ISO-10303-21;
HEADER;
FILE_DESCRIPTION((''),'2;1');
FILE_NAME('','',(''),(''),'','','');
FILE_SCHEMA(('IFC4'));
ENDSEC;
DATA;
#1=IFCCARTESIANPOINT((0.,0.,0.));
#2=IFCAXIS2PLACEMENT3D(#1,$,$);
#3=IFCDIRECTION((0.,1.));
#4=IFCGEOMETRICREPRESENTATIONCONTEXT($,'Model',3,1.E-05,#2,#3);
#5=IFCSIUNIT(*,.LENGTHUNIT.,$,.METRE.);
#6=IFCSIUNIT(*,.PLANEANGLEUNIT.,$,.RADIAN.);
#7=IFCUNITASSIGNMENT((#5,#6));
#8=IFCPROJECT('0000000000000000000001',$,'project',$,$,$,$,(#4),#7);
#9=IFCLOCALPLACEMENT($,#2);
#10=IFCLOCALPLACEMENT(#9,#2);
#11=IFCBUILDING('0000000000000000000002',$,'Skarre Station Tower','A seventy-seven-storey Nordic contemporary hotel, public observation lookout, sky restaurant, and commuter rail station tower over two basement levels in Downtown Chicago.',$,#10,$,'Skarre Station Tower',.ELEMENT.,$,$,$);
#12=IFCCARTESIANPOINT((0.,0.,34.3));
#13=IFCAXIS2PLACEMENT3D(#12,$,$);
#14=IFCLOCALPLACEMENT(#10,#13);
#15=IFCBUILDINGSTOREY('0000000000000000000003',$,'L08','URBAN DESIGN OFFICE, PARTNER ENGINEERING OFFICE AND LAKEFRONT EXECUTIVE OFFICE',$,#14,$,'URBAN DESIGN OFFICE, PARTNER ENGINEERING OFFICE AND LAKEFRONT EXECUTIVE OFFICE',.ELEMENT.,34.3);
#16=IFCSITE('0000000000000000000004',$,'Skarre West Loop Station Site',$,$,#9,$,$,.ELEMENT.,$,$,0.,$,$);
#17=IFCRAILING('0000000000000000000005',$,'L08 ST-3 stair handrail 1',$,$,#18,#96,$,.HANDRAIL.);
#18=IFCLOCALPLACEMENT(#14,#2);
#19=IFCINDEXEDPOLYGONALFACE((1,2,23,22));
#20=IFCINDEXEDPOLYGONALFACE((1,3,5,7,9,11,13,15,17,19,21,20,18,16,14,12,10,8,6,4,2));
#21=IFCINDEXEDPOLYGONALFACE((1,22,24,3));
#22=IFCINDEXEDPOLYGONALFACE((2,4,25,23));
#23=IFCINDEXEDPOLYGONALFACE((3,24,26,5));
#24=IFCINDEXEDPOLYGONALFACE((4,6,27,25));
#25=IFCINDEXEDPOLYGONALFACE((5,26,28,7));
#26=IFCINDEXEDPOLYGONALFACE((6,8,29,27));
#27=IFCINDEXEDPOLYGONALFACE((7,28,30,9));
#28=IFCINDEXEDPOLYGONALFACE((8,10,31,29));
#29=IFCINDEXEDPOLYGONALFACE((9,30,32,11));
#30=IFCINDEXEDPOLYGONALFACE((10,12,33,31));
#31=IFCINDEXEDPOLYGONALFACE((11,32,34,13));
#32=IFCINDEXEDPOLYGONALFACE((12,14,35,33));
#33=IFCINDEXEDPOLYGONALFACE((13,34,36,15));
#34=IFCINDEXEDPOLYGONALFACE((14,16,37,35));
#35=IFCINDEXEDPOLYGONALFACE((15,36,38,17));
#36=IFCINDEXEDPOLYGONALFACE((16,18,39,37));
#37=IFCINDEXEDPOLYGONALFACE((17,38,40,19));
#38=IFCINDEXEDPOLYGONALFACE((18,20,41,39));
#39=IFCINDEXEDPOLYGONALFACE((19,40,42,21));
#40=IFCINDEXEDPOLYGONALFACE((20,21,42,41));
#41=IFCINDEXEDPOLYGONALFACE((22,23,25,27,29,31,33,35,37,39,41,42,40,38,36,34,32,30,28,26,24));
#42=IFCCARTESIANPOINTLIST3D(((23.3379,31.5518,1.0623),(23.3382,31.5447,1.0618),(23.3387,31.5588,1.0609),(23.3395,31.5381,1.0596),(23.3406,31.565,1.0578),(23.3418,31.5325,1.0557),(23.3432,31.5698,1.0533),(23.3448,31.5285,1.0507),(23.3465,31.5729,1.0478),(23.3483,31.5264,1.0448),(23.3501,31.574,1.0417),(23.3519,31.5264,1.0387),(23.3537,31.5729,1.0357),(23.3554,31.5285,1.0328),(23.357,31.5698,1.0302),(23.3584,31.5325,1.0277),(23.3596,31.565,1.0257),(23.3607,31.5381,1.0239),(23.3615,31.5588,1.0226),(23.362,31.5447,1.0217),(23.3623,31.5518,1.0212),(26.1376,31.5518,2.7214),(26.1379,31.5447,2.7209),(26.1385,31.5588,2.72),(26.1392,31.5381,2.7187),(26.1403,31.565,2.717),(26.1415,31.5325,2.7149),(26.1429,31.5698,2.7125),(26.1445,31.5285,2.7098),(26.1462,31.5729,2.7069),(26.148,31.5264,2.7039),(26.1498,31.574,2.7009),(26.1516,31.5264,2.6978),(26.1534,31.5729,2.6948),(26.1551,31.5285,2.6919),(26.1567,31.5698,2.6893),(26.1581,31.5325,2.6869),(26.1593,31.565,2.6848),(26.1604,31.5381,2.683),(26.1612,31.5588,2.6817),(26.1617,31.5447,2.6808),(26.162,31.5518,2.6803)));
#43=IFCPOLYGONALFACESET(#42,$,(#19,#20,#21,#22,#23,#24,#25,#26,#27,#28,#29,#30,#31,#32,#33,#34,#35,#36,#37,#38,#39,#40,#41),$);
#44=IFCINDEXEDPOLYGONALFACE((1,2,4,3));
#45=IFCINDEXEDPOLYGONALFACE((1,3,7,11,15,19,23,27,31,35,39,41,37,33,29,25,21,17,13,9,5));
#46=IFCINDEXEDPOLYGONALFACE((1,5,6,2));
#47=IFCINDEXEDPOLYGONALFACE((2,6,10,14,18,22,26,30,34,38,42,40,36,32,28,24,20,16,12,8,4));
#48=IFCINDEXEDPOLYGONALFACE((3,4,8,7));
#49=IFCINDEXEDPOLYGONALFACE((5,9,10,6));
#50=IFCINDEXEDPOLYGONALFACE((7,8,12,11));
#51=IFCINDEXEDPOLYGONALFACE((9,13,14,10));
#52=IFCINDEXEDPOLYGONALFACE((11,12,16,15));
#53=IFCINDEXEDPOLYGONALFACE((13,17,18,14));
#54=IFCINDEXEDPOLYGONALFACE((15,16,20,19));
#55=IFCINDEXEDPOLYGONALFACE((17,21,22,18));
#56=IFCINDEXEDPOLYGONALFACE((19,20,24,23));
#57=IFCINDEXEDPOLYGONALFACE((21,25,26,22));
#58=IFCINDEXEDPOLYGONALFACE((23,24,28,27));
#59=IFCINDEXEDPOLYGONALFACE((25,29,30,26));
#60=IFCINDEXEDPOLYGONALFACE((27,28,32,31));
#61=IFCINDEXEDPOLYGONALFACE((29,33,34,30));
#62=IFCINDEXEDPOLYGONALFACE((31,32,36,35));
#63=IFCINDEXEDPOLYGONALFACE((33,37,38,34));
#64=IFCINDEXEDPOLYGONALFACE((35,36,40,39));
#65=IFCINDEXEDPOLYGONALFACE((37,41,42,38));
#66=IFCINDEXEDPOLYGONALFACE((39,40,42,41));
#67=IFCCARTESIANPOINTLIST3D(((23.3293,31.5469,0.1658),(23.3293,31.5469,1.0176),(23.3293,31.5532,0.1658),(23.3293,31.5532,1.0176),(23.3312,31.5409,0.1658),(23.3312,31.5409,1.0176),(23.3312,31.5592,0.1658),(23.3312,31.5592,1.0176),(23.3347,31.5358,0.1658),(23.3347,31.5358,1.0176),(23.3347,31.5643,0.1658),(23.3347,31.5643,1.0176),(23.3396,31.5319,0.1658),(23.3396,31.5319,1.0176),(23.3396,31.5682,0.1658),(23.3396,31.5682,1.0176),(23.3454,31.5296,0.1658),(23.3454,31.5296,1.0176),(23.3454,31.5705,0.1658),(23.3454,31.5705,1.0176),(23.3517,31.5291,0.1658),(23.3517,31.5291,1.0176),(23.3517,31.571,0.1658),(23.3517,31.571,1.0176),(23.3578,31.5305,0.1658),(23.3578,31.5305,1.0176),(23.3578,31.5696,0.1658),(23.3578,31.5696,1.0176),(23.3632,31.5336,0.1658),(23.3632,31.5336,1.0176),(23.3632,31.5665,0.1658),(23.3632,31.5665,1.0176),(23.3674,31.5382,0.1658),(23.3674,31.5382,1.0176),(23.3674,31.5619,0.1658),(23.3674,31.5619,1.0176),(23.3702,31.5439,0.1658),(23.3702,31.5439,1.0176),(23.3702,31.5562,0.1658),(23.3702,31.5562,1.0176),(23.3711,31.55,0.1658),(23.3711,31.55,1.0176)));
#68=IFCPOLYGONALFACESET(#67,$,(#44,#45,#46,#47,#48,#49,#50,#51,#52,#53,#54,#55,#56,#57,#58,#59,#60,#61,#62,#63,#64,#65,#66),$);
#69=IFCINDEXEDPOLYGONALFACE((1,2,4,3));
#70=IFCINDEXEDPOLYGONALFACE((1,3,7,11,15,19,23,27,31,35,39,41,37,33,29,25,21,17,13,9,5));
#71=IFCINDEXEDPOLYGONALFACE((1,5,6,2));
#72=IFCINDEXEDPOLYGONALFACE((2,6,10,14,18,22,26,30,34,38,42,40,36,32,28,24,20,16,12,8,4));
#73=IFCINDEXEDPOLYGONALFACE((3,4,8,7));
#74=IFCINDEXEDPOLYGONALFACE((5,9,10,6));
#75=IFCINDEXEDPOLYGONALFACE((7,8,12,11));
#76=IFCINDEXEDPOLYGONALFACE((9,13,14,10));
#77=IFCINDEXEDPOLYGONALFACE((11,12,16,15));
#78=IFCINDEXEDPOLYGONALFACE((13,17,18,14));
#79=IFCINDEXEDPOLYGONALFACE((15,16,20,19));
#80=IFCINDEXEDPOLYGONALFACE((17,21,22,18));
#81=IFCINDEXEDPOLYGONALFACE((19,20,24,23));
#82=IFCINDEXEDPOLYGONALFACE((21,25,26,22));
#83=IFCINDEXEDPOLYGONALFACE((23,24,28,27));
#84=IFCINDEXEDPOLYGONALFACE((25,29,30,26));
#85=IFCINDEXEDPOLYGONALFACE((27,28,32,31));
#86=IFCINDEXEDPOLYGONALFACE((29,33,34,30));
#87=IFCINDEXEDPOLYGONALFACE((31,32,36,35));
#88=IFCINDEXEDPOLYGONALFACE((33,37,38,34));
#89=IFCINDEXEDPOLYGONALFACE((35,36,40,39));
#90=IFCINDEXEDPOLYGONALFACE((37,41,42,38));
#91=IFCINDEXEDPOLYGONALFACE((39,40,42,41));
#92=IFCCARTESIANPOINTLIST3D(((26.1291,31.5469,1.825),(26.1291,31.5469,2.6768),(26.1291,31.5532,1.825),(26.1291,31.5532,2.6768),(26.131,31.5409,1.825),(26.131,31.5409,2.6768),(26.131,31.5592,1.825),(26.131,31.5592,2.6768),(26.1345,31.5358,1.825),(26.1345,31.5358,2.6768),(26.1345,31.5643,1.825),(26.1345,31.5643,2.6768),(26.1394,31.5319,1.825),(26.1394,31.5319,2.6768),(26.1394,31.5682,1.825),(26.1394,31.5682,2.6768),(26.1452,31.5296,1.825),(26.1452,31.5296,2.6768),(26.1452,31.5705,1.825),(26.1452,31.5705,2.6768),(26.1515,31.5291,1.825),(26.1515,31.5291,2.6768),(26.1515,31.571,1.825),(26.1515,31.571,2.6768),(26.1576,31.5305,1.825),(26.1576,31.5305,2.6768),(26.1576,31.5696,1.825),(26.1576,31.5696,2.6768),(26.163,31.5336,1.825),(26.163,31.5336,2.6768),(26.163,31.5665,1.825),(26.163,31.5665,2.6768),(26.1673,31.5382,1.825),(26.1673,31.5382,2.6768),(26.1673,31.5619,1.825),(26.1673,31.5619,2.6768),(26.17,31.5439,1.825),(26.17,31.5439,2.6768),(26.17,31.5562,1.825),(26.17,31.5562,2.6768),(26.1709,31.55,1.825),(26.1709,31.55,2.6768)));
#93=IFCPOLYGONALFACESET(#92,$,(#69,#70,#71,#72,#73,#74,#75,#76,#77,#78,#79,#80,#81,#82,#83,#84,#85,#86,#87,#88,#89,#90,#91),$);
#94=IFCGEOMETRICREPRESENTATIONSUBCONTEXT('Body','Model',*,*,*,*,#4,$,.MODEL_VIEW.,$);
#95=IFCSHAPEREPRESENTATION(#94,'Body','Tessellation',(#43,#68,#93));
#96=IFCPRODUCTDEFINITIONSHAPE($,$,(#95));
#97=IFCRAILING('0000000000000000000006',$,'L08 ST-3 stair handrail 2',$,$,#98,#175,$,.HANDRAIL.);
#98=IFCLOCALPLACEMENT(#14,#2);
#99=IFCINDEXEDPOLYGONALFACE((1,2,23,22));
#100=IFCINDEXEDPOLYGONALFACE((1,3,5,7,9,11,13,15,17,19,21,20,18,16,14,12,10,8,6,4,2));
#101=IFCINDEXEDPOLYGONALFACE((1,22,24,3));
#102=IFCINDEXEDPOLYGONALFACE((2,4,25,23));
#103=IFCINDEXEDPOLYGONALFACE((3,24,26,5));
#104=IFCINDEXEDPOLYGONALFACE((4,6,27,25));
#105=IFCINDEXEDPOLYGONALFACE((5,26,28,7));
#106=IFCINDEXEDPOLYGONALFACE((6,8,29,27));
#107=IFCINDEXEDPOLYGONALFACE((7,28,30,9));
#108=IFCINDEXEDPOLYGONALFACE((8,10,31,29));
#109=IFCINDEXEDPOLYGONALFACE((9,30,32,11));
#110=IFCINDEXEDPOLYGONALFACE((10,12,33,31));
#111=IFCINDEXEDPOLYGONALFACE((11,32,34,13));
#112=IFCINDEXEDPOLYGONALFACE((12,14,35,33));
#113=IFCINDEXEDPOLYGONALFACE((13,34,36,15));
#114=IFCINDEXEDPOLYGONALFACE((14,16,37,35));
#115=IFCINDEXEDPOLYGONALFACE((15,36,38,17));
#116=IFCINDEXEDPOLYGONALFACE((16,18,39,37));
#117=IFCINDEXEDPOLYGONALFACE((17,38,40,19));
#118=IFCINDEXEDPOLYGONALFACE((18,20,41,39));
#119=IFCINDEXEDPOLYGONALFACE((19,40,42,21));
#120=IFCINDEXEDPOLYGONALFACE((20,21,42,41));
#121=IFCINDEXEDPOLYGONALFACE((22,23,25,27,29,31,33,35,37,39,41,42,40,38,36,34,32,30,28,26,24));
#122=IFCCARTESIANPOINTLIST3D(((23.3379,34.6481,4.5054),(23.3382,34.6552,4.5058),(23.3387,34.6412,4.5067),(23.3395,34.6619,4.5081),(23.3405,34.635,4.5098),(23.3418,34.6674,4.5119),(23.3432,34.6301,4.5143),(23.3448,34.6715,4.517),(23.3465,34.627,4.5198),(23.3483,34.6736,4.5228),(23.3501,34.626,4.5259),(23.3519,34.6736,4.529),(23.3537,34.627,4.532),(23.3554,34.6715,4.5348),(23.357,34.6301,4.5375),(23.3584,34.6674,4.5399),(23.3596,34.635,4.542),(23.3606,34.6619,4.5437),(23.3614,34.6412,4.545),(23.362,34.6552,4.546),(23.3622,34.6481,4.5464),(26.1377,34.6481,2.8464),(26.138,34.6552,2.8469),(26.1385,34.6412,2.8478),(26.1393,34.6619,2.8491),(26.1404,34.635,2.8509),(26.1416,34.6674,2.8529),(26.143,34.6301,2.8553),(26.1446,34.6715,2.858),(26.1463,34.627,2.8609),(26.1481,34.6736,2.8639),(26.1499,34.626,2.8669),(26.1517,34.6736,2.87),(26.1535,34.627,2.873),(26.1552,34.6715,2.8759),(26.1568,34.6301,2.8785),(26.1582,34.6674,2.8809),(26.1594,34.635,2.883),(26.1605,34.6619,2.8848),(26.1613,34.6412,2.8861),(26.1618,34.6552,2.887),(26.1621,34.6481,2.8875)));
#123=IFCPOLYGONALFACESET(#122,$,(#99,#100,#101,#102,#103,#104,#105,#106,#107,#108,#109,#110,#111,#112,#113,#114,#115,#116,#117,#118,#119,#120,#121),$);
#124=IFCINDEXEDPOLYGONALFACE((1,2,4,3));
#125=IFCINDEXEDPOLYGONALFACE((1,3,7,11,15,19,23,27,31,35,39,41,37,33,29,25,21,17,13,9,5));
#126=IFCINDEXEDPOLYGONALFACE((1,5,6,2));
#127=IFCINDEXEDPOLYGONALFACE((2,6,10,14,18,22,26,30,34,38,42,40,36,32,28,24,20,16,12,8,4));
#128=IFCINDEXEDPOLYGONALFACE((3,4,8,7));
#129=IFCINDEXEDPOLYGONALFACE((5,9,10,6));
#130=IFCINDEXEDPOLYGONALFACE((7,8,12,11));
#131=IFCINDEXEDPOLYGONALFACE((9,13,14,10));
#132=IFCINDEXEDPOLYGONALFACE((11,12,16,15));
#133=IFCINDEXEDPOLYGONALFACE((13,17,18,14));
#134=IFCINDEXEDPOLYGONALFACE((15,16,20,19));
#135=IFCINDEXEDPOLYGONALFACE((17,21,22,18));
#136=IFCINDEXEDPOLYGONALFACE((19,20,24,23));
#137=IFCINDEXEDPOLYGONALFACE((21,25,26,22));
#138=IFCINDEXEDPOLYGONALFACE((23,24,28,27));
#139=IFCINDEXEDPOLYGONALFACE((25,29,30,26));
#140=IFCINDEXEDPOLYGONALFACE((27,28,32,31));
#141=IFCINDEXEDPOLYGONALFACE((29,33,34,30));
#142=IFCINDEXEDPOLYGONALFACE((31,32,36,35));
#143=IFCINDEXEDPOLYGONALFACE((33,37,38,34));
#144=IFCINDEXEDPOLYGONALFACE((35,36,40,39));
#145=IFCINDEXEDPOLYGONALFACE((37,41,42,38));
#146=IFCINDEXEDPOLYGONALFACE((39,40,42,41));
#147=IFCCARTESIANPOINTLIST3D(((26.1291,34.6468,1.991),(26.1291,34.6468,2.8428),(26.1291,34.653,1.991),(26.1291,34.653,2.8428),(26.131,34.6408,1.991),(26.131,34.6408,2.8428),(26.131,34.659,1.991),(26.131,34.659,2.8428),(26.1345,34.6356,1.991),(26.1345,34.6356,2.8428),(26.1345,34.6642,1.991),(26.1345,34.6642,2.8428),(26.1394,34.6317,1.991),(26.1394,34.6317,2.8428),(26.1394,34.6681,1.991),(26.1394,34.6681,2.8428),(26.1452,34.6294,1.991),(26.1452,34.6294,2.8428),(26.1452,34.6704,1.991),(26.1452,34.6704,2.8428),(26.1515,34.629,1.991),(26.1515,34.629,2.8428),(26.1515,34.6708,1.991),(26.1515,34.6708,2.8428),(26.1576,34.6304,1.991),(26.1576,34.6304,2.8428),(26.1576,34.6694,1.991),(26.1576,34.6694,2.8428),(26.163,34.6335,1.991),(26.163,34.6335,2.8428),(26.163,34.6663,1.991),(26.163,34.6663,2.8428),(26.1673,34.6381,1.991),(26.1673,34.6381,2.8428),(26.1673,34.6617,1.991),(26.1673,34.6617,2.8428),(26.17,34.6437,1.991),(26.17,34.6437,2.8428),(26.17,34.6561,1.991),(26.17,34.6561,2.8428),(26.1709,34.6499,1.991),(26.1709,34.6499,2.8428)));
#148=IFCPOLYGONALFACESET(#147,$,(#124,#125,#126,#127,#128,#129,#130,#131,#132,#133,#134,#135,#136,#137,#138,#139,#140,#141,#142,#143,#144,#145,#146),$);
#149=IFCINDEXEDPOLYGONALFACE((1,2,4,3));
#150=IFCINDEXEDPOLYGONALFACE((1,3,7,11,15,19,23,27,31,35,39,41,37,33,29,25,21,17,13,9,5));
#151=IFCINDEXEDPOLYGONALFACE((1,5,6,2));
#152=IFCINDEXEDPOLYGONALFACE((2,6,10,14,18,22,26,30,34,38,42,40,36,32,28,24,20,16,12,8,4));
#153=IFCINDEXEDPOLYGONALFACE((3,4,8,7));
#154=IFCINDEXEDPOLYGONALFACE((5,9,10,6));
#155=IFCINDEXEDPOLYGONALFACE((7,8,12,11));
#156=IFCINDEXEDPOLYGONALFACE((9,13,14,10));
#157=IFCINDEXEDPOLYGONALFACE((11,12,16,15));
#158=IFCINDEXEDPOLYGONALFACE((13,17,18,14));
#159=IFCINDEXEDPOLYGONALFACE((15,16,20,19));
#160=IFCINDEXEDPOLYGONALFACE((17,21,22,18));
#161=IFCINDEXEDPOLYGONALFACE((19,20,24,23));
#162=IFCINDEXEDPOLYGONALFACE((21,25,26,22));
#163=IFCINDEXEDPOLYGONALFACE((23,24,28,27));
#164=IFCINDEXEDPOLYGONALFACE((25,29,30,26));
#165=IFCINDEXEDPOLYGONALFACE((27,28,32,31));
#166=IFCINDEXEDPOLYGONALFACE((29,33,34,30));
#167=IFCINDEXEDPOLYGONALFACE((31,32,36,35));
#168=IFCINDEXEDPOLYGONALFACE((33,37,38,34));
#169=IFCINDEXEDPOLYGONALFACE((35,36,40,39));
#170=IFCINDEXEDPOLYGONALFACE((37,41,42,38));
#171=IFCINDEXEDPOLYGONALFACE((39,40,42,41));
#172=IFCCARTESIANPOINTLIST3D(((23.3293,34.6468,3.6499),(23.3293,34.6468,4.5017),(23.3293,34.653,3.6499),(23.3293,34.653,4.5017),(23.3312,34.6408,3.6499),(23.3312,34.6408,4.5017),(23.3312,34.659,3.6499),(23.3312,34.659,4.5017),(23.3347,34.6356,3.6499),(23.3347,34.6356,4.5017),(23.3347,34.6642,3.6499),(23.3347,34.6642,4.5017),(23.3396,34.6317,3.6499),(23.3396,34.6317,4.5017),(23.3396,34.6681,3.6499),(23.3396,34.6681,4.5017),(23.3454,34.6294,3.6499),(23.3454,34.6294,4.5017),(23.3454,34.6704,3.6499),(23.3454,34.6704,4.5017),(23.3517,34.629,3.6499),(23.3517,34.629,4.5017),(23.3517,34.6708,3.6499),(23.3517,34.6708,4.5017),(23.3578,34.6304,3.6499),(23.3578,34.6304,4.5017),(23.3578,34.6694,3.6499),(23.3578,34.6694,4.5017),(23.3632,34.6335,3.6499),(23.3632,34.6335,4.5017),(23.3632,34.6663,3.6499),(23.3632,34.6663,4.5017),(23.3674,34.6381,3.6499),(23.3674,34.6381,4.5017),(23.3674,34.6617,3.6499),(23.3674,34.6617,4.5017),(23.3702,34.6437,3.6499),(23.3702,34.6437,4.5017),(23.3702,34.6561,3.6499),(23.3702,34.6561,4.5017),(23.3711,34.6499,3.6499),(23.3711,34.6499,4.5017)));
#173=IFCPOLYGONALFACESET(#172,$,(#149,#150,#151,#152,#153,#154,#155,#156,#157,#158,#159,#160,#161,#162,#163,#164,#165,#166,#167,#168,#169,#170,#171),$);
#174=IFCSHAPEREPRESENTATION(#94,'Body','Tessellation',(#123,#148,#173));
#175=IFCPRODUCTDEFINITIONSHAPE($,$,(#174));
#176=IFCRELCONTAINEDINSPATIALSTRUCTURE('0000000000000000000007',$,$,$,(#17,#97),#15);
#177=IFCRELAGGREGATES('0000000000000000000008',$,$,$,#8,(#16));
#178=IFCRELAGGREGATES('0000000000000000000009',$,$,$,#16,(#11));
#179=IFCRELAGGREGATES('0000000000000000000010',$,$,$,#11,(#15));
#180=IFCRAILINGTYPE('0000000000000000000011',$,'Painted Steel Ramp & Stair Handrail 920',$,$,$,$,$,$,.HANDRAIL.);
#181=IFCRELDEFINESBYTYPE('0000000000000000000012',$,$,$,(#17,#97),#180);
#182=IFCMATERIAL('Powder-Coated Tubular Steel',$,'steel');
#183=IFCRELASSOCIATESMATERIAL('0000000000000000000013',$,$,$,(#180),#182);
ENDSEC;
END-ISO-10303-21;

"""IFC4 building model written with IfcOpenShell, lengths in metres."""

from ifc_helpers import new_model, si_unit, direction, frame, origin, origin_2d, place, context, subcontext, project, spatial, circle, extrude, material, type_object, element, save


model = new_model("IFC4")

# Units and contexts
model_context = context("Model", 3, precision=1e-05, world=origin(), true_north=direction((0.0, 1.0)))
body_context = subcontext(model_context, "Body", "Model", "MODEL_VIEW")
ifc_project = project(units=[si_unit("LENGTHUNIT", "METRE"), si_unit("PLANEANGLEUNIT", "RADIAN")], contexts=[model_context])

# Site, building, storey
site_placement = place(None, origin())
site = spatial("IfcSite", under=ifc_project, at=site_placement, Name="Skarre West Loop Station Site", CompositionType="ELEMENT", RefElevation=0.0)
building_placement = place(site_placement, origin())
building = spatial("IfcBuilding", under=site, at=building_placement, Name="Skarre Station Tower", Description="A seventy-seven-storey Nordic contemporary hotel, public observation lookout, sky restaurant, and commuter rail station tower over two basement levels in Downtown Chicago.", LongName="Skarre Station Tower", CompositionType="ELEMENT")
storey_placement = place(building_placement, frame((0.0, 0.0, 34.3)))
storey = spatial("IfcBuildingStorey", under=building, at=storey_placement, Name="L08", Description="URBAN DESIGN OFFICE, PARTNER ENGINEERING OFFICE AND LAKEFRONT EXECUTIVE OFFICE", LongName="URBAN DESIGN OFFICE, PARTNER ENGINEERING OFFICE AND LAKEFRONT EXECUTIVE OFFICE", CompositionType="ELEMENT", Elevation=34.3)

# Railings
ifc_material_1 = material(Name="Powder-Coated Tubular Steel", Category="steel")
railing_type_1 = type_object("IfcRailingType", Name="Painted Steel Ramp & Stair Handrail 920", PredefinedType="HANDRAIL", material=ifc_material_1)
railing_1_placement = place(storey_placement, frame((23.3501, 31.55, 0.1658)))
element("IfcRailing", 1, at=railing_1_placement, inside=storey, type_object=railing_type_1, Name="L08 ST-3 stair handrail 1", PredefinedType="HANDRAIL", context=body_context, shape_type="SweptSolid", body=[
    extrude(circle(Radius=0.0239, at=origin_2d()), frame((0.0, 0.0, 0.876), z_axis=(0.860287, 0.0, 0.509811), x_axis=(0.0, 1.0, 0.0)), (0.0, 0.0, 1.0), 3.2544),
    extrude(circle(Radius=0.021, at=origin_2d()), origin(), (0.0, 0.0, 1.0), 0.8518),
    extrude(circle(Radius=0.021, at=origin_2d()), frame((2.7998, 0.0, 1.6592)), (0.0, 0.0, 1.0), 0.8518),
])
railing_2_placement = place(storey_placement, frame((26.1499, 34.6499, 1.991)))
element("IfcRailing", 2, at=railing_2_placement, inside=storey, type_object=railing_type_1, Name="L08 ST-3 stair handrail 2", PredefinedType="HANDRAIL", context=body_context, shape_type="SweptSolid", body=[
    extrude(circle(Radius=0.0239, at=origin_2d()), frame((0.0, 0.0, 0.876), z_axis=(-0.86032, 0.0, 0.509755), x_axis=(0.0, -1.0, 0.0)), (0.0, 0.0, 1.0), 3.2544),
    extrude(circle(Radius=0.021, at=origin_2d()), origin(), (0.0, 0.0, 1.0), 0.8518),
    extrude(circle(Radius=0.021, at=origin_2d()), frame((-2.7998, 0.0, 1.6589)), (0.0, 0.0, 1.0), 0.8518),
])

save(model, "model.ifc")
